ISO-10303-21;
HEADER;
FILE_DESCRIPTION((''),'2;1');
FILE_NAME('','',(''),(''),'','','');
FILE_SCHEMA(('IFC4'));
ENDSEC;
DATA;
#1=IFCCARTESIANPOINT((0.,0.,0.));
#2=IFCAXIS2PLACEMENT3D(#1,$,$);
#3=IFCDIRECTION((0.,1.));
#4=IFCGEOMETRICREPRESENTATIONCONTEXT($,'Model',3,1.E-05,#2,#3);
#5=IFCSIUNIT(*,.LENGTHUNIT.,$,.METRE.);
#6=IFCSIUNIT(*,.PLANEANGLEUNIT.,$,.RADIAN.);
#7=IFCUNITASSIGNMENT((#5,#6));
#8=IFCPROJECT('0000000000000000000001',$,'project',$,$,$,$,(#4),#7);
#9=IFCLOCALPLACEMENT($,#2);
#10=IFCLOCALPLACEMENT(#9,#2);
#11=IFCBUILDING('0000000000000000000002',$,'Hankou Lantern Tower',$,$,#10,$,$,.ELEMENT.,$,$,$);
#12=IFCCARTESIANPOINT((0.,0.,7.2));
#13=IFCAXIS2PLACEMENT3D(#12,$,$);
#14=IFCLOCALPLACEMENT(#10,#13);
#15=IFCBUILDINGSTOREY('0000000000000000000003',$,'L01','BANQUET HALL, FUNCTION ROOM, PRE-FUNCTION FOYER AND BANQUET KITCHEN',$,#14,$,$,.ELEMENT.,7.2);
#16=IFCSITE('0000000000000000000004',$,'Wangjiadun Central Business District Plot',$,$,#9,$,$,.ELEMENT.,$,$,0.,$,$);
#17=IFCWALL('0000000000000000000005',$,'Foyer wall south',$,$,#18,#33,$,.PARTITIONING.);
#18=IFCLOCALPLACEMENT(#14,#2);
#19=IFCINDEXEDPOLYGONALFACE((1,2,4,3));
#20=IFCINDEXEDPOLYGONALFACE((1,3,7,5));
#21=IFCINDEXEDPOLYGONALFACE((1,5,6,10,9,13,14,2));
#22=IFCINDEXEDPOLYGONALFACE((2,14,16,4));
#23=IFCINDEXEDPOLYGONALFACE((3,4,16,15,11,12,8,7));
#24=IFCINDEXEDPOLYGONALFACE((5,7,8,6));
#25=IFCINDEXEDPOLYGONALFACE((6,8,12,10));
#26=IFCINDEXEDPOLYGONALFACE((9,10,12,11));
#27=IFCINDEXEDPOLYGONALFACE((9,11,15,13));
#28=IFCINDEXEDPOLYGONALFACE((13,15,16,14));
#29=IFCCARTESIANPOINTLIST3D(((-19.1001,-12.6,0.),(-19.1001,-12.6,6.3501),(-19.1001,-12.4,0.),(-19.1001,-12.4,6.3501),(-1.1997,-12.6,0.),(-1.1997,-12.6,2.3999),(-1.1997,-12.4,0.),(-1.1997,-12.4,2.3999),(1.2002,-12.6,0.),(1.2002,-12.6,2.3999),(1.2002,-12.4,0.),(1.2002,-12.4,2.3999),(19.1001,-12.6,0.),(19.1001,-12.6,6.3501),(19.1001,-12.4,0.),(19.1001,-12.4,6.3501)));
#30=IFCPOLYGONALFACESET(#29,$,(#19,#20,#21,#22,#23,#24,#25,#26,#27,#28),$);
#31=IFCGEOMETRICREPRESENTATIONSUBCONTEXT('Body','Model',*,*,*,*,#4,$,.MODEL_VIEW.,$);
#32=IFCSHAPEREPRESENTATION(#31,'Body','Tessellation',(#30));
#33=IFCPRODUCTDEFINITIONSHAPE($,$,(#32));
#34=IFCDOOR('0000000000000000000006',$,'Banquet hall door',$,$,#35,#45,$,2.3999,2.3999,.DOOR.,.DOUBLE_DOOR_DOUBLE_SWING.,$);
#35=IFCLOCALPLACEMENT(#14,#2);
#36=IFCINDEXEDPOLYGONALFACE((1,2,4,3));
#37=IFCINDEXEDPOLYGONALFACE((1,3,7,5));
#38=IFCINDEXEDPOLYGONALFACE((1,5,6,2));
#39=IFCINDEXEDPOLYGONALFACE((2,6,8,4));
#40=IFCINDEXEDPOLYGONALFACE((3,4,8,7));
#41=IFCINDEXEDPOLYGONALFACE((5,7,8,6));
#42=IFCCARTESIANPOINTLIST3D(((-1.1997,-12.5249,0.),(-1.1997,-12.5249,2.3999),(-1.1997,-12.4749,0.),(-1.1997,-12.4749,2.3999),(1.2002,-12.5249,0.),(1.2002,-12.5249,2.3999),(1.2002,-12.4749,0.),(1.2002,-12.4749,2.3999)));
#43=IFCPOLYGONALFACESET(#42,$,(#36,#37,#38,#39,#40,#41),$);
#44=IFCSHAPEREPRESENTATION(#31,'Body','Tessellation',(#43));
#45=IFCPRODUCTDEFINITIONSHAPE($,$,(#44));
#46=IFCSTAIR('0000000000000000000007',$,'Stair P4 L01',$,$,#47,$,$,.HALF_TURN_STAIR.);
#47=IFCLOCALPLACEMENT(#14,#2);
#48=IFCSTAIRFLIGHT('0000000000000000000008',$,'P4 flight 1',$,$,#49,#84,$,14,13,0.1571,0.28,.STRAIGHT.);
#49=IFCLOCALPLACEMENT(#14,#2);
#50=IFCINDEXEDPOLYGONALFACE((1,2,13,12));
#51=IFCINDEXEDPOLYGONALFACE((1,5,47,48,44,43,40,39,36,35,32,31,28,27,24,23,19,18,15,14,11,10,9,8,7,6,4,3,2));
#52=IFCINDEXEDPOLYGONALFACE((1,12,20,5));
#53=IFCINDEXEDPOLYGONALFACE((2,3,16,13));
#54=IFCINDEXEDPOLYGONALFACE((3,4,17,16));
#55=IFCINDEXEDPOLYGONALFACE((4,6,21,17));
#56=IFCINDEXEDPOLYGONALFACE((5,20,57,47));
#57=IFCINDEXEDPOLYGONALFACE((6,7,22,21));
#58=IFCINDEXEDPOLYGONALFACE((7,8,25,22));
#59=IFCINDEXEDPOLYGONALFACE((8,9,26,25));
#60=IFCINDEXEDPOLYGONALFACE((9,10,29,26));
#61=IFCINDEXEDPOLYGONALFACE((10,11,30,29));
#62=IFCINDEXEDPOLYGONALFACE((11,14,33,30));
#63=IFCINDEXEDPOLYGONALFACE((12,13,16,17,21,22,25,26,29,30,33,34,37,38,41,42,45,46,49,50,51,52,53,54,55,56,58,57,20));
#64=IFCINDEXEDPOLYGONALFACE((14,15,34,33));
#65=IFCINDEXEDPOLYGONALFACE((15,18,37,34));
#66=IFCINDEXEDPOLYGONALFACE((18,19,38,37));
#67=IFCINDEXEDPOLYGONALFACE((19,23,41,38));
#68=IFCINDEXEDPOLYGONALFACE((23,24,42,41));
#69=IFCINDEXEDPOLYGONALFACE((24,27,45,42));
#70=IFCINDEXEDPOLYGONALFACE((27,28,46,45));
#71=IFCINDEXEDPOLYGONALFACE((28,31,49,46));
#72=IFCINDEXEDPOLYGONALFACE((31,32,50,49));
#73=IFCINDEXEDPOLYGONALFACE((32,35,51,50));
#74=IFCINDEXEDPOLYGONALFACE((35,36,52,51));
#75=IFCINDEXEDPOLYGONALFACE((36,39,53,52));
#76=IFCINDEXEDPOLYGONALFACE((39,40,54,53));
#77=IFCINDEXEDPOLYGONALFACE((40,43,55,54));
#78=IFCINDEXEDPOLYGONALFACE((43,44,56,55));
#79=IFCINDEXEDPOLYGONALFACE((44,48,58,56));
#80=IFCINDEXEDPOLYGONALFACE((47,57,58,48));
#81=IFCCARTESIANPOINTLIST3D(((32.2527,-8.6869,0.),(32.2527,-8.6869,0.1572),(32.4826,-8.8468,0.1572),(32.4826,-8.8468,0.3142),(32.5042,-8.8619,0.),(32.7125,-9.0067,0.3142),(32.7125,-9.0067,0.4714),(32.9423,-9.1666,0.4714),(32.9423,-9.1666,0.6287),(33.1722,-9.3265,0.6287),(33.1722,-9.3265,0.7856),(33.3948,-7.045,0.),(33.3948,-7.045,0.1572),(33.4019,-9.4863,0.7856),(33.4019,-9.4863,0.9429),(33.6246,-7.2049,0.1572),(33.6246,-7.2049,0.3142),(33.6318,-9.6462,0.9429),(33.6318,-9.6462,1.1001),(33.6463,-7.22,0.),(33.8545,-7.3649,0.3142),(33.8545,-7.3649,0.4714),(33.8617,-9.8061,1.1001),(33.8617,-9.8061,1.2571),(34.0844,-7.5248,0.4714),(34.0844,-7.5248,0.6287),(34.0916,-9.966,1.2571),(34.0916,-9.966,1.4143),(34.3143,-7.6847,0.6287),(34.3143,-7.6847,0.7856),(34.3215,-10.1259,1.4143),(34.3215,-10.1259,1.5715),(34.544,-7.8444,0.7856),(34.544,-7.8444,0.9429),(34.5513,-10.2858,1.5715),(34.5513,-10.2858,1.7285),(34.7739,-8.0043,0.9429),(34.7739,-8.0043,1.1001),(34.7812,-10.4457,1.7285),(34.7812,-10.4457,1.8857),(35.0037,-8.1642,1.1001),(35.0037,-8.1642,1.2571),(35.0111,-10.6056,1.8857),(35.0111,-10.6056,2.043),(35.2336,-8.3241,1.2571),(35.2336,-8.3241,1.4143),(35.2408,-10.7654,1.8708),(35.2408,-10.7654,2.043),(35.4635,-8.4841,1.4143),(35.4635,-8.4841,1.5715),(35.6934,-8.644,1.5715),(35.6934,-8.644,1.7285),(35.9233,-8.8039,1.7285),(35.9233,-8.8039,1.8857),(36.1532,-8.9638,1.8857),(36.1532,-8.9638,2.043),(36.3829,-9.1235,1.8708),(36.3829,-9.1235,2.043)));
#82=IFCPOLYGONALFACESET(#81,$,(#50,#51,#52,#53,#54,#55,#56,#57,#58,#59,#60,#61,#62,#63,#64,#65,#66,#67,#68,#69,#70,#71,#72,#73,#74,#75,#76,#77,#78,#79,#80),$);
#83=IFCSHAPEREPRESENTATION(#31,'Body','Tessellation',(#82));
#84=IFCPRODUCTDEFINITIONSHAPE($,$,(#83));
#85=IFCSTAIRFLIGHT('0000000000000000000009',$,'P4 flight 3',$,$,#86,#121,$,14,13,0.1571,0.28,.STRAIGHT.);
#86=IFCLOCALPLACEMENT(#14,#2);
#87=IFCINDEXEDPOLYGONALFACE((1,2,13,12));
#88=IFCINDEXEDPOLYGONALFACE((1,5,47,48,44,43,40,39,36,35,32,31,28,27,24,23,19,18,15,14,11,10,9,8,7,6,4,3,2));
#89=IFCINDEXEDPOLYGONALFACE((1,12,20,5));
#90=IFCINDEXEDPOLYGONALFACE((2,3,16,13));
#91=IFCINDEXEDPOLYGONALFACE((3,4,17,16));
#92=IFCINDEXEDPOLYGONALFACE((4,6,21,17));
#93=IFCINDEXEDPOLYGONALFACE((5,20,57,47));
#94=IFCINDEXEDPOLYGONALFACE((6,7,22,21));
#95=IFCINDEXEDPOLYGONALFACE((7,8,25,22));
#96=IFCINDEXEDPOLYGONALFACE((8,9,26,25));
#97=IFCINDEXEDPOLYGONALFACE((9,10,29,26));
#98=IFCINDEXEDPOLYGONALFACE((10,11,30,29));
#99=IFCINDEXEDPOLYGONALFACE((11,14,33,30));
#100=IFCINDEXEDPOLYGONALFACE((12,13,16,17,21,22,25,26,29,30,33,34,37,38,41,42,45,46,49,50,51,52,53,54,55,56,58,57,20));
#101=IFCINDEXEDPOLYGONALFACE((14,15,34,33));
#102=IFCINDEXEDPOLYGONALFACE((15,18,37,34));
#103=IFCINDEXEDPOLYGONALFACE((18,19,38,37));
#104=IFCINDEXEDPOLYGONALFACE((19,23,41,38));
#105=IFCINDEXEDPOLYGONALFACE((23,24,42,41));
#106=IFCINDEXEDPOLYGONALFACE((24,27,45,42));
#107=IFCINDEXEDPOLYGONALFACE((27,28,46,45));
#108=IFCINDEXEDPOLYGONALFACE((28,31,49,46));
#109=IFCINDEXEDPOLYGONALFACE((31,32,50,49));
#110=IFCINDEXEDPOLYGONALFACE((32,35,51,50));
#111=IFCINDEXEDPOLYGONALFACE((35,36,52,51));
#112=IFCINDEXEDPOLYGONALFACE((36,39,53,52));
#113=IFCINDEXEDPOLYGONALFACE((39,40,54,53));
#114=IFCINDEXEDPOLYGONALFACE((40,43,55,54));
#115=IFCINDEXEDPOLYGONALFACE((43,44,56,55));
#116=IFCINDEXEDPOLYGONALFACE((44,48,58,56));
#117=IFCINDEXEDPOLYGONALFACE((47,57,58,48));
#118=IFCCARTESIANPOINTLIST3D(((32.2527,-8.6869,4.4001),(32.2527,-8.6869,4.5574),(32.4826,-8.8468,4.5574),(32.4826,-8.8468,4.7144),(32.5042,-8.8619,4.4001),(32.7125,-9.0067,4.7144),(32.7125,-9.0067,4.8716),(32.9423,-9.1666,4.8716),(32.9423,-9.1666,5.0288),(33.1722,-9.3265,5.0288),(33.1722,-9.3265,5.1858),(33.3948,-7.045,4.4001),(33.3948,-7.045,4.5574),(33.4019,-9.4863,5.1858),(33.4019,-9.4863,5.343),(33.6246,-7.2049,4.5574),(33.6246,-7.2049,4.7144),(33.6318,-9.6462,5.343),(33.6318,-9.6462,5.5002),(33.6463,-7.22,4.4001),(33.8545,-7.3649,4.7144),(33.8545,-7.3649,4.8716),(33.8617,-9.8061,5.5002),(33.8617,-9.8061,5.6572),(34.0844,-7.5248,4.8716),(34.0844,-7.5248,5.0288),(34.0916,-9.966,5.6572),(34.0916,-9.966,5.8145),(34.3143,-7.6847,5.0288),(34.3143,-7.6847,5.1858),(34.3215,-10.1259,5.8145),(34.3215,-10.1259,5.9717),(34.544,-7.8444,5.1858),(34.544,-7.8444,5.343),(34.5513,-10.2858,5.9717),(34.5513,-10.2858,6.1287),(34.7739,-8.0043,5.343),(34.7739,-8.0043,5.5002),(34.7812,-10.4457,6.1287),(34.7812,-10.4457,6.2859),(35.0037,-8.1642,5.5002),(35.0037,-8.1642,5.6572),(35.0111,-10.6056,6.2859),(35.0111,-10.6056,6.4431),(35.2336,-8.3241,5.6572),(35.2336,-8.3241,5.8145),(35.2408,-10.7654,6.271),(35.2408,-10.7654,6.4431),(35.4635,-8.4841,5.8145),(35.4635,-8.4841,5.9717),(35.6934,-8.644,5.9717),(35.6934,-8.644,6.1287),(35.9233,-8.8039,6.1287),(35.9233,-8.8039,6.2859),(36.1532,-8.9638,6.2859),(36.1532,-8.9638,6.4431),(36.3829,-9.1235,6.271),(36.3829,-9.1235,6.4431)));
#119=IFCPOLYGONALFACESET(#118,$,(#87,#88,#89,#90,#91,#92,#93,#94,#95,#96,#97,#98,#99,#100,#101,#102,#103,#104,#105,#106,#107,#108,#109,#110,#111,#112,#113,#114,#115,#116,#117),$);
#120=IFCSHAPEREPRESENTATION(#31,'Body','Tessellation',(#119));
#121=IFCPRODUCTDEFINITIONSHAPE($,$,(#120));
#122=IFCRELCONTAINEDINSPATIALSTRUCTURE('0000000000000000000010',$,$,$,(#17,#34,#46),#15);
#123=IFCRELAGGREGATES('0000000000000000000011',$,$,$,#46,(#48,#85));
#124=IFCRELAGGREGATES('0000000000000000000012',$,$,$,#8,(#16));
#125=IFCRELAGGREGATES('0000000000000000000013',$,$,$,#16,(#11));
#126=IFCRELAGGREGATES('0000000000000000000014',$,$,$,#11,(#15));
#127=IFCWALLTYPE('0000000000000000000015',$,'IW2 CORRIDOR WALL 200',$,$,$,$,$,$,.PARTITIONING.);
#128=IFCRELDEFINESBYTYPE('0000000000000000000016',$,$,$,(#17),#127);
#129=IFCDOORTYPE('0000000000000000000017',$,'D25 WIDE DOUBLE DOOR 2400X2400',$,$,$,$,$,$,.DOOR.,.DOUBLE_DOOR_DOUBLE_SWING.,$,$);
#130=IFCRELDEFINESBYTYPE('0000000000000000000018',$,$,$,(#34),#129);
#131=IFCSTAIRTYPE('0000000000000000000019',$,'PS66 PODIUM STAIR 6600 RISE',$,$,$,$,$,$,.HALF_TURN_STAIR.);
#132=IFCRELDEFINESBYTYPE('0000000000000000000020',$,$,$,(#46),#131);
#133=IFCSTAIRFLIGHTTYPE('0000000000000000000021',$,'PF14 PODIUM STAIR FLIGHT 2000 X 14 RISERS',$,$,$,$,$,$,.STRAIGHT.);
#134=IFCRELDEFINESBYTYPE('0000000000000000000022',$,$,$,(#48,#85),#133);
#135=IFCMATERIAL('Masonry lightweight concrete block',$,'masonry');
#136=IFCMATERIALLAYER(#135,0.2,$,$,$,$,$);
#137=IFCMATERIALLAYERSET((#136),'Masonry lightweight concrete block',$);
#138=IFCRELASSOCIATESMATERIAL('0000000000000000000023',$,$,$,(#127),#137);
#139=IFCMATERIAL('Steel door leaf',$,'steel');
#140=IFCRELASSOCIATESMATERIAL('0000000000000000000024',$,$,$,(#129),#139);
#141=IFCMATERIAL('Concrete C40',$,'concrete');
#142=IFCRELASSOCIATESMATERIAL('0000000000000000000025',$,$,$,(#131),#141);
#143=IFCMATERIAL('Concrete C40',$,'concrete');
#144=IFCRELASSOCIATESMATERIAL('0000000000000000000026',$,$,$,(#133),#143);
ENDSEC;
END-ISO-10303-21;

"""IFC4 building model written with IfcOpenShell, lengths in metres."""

from ifc_helpers import new_model, si_unit, direction, frame, frame_2d, origin, place, context, subcontext, project, spatial, polyline, rectangle, outline, extrude, material, layer, layer_set, type_object, element, fill, aggregate, save


model = new_model("IFC4")

# Units and contexts
model_context = context("Model", 3, precision=1e-05, world=origin(), true_north=direction((0.0, 1.0)))
body_context = subcontext(model_context, "Body", "Model", "MODEL_VIEW")
ifc_project = project(units=[si_unit("LENGTHUNIT", "METRE"), si_unit("PLANEANGLEUNIT", "RADIAN")], contexts=[model_context])

# Site, building, storey
site_placement = place(None, origin())
site = spatial("IfcSite", under=ifc_project, at=site_placement, Name="Wangjiadun Central Business District Plot", CompositionType="ELEMENT", RefElevation=0.0)
building_placement = place(site_placement, origin())
building = spatial("IfcBuilding", under=site, at=building_placement, Name="Hankou Lantern Tower", CompositionType="ELEMENT")
storey_placement = place(building_placement, frame((0.0, 0.0, 7.2)))
storey = spatial("IfcBuildingStorey", under=building, at=storey_placement, Name="L01", Description="BANQUET HALL, FUNCTION ROOM, PRE-FUNCTION FOYER AND BANQUET KITCHEN", CompositionType="ELEMENT", Elevation=7.2)

# Wall, opening, door
ifc_material_1 = material(Name="Masonry lightweight concrete block", Category="masonry")
ifc_layer_1 = layer(ifc_material_1, 0.2)
ifc_layer_set_1 = layer_set([ifc_layer_1], Name="Masonry lightweight concrete block")
wall_type_1 = type_object("IfcWallType", Name="IW2 CORRIDOR WALL 200", PredefinedType="PARTITIONING", material=ifc_layer_set_1)
wall_1_placement = place(storey_placement, frame((19.1001, -12.5, 0.0), z_axis=(0.0, 0.0, 1.0), x_axis=(-1.0, 0.0, 0.0)))
wall_1 = element("IfcWall", 1, at=wall_1_placement, inside=storey, type_object=wall_type_1, Name="Foyer wall south", PredefinedType="PARTITIONING", context=body_context, shape_type="SweptSolid", body=[
    extrude(rectangle(XDim=38.2002, YDim=0.2, at=frame_2d((19.1001, 0.0))), origin(), (0.0, 0.0, 1.0), 6.3501),
])
opening_1_placement = place(wall_1_placement, frame((17.8999, 0.0, 0.0)))
opening_1 = element("IfcOpeningElement", 2, at=opening_1_placement, cuts=wall_1, PredefinedType="OPENING", context=body_context, shape_type="SweptSolid", body=[
    extrude(rectangle(XDim=2.3999, YDim=2.3999, at=frame_2d((1.2, 1.2))), frame((0.0, 0.1099, 0.0), z_axis=(0.0, -1.0, 0.0), x_axis=(1.0, 0.0, 0.0)), (0.0, 0.0, 1.0), 0.22),
])
ifc_material_2 = material(Name="Steel door leaf", Category="steel")
door_type_1 = type_object("IfcDoorType", Name="D25 WIDE DOUBLE DOOR 2400X2400", OperationType="DOUBLE_DOOR_DOUBLE_SWING", PredefinedType="DOOR", material=ifc_material_2)
door_1_placement = place(opening_1_placement, origin())
door_1 = element("IfcDoor", 3, at=door_1_placement, inside=storey, type_object=door_type_1, Name="Banquet hall door", OperationType="DOUBLE_DOOR_DOUBLE_SWING", OverallHeight=2.3999, OverallWidth=2.3999, PredefinedType="DOOR", context=body_context, shape_type="SweptSolid", body=[
    extrude(rectangle(XDim=2.3999, YDim=2.3999, at=frame_2d((1.2, 1.2))), frame((0.0, 0.0249, 0.0), z_axis=(0.0, -1.0, 0.0), x_axis=(1.0, 0.0, 0.0)), (0.0, 0.0, 1.0), 0.05),
])
fill(opening_1, door_1)

# Stair, stair flights
ifc_material_3 = material(Name="Concrete C40", Category="concrete")
stair_type = type_object("IfcStairType", Name="PS66 PODIUM STAIR 6600 RISE", PredefinedType="HALF_TURN_STAIR", material=ifc_material_3)
stair_placement = place(storey_placement, origin())
stair = element("IfcStair", 4, at=stair_placement, inside=storey, type_object=stair_type, Name="Stair P4 L01", PredefinedType="HALF_TURN_STAIR")
ifc_material_4 = material(Name="Concrete C40", Category="concrete")
stair_flight_type = type_object("IfcStairFlightType", Name="PF14 PODIUM STAIR FLIGHT 2000 X 14 RISERS", PredefinedType="STRAIGHT", material=ifc_material_4)
stair_flight_1_placement = place(storey_placement, frame((32.8237, -7.866, 0.0), z_axis=(0.0, 0.0, 1.0), x_axis=(0.820927, -0.571033, 0.0)))
stair_flight_1 = element("IfcStairFlight", 5, at=stair_flight_1_placement, type_object=stair_flight_type, Name="P4 flight 1", NumberOfRisers=14, NumberOfTreads=13, PredefinedType="STRAIGHT", RiserHeight=0.1571, TreadLength=0.28, context=body_context, shape_type="SweptSolid", body=[
    extrude(outline(polyline([(0.0, 0.0), (0.0, 0.1572), (0.28, 0.1572), (0.28, 0.3142), (0.5601, 0.3142), (0.5601, 0.4714), (0.8401, 0.4714), (0.8401, 0.6287), (1.1201, 0.6287), (1.1201, 0.7856), (1.3999, 0.7856), (1.3999, 0.9429), (1.6799, 0.9429), (1.6799, 1.1001), (1.96, 1.1001), (1.96, 1.2571), (2.24, 1.2571), (2.24, 1.4143), (2.52, 1.4143), (2.52, 1.5715), (2.8, 1.5715), (2.8, 1.7285), (3.0801, 1.7285), (3.0801, 1.8857), (3.3601, 1.8857), (3.3601, 2.043), (3.6399, 2.043), (3.6399, 2.2), (3.6399, 1.8708), (0.3064, 0.0), (0.0, 0.0)])), frame((0.0, 1.0, 0.0), z_axis=(0.0, -1.0, 0.0), x_axis=(1.0, 0.0, 0.0)), (0.0, 0.0, 1.0), 2.0),
])
stair_flight_2_placement = place(storey_placement, frame((32.8237, -7.866, 4.4001), z_axis=(0.0, 0.0, 1.0), x_axis=(0.820927, -0.571033, 0.0)))
stair_flight_2 = element("IfcStairFlight", 6, at=stair_flight_2_placement, type_object=stair_flight_type, Name="P4 flight 3", NumberOfRisers=14, NumberOfTreads=13, PredefinedType="STRAIGHT", RiserHeight=0.1571, TreadLength=0.28, context=body_context, shape_type="SweptSolid", body=[
    extrude(outline(polyline([(0.0, 0.0), (0.0, 0.1572), (0.28, 0.1572), (0.28, 0.3142), (0.5601, 0.3142), (0.5601, 0.4714), (0.8401, 0.4714), (0.8401, 0.6287), (1.1201, 0.6287), (1.1201, 0.7856), (1.3999, 0.7856), (1.3999, 0.9429), (1.6799, 0.9429), (1.6799, 1.1001), (1.96, 1.1001), (1.96, 1.2571), (2.24, 1.2571), (2.24, 1.4143), (2.52, 1.4143), (2.52, 1.5715), (2.8, 1.5715), (2.8, 1.7285), (3.0801, 1.7285), (3.0801, 1.8857), (3.3601, 1.8857), (3.3601, 2.043), (3.6399, 2.043), (3.6399, 2.2), (3.6399, 1.8708), (0.3064, 0.0), (0.0, 0.0)])), frame((0.0, 1.0, 0.0), z_axis=(0.0, -1.0, 0.0), x_axis=(1.0, 0.0, 0.0)), (0.0, 0.0, 1.0), 2.0),
])
aggregate(stair, [stair_flight_1, stair_flight_2])

save(model, "model.ifc")
